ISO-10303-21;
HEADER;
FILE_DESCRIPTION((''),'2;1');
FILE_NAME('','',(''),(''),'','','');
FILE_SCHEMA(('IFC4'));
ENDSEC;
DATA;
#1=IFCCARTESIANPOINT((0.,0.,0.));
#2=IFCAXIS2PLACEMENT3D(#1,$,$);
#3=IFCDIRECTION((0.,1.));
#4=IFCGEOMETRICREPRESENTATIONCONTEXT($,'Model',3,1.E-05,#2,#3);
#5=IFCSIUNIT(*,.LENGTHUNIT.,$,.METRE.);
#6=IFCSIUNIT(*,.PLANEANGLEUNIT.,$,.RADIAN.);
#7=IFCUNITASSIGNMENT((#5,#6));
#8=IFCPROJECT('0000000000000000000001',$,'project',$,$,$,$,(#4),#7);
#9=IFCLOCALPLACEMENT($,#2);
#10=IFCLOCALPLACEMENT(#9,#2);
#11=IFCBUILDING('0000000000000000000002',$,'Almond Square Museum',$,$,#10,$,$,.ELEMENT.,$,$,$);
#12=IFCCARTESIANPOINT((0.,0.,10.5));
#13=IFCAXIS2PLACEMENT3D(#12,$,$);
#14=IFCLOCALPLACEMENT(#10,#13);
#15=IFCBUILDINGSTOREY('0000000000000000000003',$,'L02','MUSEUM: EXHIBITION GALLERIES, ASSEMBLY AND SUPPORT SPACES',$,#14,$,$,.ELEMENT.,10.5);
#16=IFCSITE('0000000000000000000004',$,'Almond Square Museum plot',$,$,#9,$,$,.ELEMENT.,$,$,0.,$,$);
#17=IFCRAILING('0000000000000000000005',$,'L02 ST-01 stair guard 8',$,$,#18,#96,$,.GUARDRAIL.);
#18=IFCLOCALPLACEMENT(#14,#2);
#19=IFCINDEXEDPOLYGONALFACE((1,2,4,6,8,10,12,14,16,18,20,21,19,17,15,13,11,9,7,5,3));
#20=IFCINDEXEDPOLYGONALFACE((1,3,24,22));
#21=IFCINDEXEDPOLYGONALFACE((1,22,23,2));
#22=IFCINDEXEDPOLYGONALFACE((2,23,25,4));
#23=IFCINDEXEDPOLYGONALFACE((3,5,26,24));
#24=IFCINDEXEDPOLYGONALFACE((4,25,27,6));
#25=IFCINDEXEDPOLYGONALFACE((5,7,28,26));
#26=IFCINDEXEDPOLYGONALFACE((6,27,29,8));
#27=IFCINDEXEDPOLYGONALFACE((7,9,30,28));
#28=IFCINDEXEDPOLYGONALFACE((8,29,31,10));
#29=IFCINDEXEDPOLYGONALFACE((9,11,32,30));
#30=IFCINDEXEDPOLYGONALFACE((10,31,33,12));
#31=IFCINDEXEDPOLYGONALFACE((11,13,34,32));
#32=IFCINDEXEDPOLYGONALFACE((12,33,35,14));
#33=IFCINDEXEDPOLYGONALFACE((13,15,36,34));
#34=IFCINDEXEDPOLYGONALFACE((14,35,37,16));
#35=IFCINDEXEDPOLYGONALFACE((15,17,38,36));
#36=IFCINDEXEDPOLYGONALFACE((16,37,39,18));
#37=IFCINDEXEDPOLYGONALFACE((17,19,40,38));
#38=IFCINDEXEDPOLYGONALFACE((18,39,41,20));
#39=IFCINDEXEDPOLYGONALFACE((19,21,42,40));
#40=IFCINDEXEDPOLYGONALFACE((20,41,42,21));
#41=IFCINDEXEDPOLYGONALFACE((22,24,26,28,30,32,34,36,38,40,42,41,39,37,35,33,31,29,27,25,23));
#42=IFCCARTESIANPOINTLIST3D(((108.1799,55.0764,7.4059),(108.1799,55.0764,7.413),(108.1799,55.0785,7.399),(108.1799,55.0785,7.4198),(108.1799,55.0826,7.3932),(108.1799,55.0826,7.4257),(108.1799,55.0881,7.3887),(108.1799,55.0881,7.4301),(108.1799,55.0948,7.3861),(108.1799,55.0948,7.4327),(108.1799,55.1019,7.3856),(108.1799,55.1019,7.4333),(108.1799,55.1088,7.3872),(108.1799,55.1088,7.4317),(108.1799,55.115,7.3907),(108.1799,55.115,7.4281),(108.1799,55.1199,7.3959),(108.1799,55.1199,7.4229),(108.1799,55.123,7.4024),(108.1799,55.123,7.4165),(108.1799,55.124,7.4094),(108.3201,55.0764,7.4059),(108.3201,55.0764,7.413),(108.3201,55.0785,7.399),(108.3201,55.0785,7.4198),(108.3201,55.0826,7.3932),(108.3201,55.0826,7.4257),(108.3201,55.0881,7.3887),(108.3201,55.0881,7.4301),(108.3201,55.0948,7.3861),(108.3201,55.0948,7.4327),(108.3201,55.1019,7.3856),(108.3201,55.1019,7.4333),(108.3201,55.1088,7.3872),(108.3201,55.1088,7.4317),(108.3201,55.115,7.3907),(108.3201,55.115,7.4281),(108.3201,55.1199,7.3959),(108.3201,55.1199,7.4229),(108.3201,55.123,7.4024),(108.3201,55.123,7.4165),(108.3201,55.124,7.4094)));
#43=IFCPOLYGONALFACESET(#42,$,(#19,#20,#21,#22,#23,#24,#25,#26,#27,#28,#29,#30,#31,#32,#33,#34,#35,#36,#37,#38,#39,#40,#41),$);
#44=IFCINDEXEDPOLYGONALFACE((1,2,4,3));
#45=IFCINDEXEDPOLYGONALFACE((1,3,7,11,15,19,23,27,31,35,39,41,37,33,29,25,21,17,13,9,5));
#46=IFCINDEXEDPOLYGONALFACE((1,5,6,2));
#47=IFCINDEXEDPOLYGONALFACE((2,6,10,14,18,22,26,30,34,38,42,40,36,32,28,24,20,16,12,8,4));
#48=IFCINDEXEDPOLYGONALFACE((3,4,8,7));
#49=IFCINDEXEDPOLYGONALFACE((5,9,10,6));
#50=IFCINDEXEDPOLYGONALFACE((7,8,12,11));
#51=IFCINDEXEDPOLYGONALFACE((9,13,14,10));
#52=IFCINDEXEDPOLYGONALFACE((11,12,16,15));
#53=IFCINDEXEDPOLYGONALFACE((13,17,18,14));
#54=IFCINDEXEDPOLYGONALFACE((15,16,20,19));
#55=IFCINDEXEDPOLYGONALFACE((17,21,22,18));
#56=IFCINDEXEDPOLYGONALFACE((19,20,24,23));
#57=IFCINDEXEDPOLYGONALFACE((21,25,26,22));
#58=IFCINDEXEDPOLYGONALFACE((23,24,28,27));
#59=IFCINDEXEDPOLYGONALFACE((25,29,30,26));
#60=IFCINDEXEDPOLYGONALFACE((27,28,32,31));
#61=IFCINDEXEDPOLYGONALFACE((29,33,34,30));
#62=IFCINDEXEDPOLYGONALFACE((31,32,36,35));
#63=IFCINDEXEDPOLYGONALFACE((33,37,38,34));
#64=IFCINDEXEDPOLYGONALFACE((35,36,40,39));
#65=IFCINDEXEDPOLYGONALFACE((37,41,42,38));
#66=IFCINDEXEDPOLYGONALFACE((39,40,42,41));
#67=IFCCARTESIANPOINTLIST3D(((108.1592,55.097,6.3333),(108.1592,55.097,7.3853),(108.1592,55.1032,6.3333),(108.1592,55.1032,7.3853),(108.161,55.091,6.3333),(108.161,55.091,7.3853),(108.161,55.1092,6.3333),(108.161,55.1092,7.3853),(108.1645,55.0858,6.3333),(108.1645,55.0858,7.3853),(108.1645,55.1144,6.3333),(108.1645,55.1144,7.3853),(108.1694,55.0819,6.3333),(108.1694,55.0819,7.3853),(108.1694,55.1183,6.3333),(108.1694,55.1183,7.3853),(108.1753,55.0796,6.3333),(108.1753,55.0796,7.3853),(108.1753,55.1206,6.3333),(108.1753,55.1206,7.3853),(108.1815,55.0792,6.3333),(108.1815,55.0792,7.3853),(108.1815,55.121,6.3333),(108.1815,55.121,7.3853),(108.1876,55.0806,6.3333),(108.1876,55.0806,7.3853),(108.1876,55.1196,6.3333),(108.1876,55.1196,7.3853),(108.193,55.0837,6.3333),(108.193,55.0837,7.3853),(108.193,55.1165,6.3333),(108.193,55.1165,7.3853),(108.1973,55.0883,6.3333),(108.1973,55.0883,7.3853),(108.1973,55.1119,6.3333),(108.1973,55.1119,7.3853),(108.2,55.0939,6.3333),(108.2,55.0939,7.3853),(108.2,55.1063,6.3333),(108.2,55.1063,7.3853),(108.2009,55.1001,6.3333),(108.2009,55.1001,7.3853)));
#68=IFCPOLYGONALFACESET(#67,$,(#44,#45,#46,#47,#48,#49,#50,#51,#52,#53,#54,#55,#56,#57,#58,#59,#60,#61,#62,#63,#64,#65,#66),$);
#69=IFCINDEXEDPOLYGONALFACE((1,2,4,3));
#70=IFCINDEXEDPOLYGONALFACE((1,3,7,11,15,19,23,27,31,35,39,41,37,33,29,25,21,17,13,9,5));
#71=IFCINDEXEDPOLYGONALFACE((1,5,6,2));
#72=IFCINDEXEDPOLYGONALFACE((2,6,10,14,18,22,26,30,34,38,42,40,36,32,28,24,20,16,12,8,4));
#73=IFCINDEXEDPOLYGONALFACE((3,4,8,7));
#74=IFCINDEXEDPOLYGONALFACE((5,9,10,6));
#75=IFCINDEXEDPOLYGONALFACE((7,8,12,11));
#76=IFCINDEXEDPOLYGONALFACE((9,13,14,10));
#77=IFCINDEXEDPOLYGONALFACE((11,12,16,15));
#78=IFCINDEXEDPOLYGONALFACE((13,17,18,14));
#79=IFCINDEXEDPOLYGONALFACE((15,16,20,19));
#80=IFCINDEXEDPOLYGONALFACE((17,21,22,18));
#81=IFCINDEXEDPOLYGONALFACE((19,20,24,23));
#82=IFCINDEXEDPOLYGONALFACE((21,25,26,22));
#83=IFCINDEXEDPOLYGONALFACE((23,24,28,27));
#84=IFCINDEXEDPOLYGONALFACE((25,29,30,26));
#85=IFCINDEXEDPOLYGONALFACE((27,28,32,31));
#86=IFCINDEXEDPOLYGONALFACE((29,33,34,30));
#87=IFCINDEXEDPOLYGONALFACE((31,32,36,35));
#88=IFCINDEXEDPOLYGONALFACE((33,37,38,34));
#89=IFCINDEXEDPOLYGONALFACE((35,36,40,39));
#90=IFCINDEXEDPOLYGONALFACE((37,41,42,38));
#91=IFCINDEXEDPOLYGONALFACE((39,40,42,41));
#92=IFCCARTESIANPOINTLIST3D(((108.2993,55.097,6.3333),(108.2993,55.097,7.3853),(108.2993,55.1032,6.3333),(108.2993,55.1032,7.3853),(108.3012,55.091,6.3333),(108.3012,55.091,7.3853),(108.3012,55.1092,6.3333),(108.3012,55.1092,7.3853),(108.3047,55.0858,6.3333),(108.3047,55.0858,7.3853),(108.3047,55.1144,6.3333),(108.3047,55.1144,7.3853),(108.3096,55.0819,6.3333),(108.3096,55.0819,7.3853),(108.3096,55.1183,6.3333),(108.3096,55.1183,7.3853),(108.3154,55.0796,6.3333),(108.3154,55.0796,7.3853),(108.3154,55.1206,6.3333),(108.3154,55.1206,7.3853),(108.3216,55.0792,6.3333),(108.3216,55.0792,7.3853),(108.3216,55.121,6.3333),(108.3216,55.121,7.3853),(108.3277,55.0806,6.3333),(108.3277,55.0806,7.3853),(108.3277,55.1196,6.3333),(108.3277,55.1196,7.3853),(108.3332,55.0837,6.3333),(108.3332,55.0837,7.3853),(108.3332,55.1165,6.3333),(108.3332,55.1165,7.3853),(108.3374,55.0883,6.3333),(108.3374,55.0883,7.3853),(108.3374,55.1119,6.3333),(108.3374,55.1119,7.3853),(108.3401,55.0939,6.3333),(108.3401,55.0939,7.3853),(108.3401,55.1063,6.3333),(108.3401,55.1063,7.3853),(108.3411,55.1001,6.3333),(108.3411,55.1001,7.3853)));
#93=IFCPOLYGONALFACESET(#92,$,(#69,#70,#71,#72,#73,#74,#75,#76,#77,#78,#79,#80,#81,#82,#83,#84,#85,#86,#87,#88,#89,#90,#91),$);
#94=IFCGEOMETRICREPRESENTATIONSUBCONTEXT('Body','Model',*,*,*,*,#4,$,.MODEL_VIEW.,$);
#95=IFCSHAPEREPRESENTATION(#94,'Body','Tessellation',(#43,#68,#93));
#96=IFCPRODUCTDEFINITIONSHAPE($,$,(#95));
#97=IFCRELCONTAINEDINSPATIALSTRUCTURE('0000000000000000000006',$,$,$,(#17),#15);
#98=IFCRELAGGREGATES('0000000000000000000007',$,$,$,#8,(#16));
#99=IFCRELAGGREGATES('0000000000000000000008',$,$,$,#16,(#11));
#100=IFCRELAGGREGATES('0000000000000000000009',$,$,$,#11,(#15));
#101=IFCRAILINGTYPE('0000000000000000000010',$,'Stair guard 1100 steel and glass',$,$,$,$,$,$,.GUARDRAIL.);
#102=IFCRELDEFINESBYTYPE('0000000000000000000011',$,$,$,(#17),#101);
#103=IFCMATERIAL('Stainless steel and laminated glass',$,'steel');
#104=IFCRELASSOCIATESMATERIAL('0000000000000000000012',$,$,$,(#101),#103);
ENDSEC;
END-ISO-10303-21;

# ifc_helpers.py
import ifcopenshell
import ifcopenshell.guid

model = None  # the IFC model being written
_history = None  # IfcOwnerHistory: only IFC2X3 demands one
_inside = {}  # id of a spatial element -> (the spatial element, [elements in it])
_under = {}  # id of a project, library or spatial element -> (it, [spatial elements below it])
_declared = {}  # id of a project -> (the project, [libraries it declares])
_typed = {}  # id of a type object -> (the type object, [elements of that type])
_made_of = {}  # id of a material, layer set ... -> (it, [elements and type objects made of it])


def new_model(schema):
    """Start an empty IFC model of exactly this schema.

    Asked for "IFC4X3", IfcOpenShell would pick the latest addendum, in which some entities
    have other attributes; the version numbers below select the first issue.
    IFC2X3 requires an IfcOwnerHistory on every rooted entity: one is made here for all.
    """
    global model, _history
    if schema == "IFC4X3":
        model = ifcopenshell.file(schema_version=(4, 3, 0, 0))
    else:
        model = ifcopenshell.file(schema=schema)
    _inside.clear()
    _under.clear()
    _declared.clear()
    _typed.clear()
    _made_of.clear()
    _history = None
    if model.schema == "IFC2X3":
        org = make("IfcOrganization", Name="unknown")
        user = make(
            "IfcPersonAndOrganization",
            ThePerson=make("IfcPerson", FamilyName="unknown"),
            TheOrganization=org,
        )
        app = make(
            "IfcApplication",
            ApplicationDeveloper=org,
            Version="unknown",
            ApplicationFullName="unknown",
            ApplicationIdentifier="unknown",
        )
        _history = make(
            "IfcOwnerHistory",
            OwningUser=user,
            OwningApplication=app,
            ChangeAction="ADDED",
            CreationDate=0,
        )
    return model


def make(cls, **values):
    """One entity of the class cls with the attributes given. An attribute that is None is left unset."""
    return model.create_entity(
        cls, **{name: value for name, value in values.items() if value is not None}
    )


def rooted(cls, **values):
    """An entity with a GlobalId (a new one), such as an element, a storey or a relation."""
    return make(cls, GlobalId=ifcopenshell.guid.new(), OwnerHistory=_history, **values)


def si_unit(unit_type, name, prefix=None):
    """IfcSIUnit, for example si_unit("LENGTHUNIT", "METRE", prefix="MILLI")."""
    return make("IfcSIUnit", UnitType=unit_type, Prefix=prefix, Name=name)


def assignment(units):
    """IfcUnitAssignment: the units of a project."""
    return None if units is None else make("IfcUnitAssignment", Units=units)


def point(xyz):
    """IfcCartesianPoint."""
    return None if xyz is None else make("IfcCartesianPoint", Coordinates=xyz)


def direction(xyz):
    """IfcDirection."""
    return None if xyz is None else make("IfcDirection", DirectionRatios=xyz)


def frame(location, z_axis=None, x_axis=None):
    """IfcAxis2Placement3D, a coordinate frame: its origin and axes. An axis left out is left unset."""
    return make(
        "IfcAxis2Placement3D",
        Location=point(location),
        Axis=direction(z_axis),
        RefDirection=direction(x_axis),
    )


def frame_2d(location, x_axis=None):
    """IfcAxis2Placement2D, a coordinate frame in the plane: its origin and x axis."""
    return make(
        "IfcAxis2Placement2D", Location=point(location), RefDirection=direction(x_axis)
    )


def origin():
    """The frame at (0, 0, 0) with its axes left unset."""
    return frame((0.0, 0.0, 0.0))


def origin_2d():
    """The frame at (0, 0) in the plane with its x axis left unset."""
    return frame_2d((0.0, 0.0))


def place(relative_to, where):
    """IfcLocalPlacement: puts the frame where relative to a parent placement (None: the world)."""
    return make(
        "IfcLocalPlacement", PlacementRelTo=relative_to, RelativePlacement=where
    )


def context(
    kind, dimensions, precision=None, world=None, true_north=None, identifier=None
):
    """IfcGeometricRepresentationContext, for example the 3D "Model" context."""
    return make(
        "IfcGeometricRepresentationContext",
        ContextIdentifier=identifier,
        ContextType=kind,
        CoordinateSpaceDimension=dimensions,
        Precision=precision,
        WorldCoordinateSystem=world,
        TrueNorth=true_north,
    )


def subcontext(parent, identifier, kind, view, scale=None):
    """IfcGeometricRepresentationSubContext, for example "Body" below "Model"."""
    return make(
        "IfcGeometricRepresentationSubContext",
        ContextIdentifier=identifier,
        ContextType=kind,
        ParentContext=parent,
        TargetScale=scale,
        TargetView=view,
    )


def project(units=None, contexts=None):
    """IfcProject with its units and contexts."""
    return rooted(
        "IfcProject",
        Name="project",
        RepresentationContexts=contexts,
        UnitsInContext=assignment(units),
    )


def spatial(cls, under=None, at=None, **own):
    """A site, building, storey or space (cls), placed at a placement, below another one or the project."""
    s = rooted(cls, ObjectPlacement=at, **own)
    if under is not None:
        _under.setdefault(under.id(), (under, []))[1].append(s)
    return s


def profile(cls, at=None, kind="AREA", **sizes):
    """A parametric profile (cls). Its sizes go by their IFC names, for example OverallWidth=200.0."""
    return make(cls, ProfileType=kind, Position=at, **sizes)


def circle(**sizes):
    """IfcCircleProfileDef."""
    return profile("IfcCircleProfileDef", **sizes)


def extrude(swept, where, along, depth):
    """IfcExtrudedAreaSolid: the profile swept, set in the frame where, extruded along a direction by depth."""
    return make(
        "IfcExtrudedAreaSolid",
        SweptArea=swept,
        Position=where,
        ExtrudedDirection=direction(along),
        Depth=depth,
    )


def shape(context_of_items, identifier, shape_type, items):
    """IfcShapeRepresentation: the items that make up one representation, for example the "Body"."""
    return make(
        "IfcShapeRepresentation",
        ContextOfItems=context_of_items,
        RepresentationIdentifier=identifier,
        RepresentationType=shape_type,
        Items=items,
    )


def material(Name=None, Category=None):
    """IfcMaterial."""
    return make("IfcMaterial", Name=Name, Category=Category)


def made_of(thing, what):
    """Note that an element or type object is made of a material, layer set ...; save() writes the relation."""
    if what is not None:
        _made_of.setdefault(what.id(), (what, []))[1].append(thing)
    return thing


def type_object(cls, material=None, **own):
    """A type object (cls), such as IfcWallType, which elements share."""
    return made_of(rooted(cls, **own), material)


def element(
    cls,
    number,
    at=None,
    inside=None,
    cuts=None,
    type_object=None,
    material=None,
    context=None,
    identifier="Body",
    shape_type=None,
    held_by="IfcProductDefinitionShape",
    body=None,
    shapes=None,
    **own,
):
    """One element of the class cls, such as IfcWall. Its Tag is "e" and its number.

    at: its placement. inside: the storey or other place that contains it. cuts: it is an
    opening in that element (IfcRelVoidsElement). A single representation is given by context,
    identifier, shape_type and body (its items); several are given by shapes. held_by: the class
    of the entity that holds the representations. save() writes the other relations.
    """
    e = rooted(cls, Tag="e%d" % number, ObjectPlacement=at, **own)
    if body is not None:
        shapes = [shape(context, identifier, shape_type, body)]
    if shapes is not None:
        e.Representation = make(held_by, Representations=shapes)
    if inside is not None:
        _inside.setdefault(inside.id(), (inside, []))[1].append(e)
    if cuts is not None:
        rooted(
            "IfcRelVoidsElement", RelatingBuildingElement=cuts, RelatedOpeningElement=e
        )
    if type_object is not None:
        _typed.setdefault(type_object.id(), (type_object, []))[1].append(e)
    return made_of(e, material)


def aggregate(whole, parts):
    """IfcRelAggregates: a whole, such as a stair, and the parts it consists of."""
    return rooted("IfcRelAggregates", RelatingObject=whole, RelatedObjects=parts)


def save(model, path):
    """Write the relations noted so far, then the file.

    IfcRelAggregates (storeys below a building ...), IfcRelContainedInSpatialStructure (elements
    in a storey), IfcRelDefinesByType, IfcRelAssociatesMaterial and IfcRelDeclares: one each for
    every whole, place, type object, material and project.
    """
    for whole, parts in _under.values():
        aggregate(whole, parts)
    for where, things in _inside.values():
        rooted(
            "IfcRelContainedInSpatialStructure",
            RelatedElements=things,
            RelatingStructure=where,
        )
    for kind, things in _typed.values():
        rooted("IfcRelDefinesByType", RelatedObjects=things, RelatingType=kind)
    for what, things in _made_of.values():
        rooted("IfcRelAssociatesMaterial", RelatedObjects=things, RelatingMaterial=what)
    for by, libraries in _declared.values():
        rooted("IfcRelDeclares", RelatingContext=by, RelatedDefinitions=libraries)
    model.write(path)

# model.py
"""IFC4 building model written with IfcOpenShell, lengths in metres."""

from ifc_helpers import new_model, si_unit, direction, frame, origin, origin_2d, place, context, subcontext, project, spatial, circle, extrude, material, type_object, element, save


model = new_model("IFC4")

# Units and contexts
model_context = context("Model", 3, precision=1e-05, world=origin(), true_north=direction((0.0, 1.0)))
body_context = subcontext(model_context, "Body", "Model", "MODEL_VIEW")
ifc_project = project(units=[si_unit("LENGTHUNIT", "METRE"), si_unit("PLANEANGLEUNIT", "RADIAN")], contexts=[model_context])

# Site, building, storey
site_placement = place(None, origin())
site = spatial("IfcSite", under=ifc_project, at=site_placement, Name="Almond Square Museum plot", CompositionType="ELEMENT", RefElevation=0.0)
building_placement = place(site_placement, origin())
building = spatial("IfcBuilding", under=site, at=building_placement, Name="Almond Square Museum", CompositionType="ELEMENT")
storey_placement = place(building_placement, frame((0.0, 0.0, 10.5)))
storey = spatial("IfcBuildingStorey", under=building, at=storey_placement, Name="L02", Description="MUSEUM: EXHIBITION GALLERIES, ASSEMBLY AND SUPPORT SPACES", CompositionType="ELEMENT", Elevation=10.5)

# Railing
ifc_material_1 = material(Name="Stainless steel and laminated glass", Category="steel")
railing_type_1 = type_object("IfcRailingType", Name="Stair guard 1100 steel and glass", PredefinedType="GUARDRAIL", material=ifc_material_1)
railing_1_placement = place(storey_placement, frame((108.1799, 55.1001, 6.3333)))
element("IfcRailing", 1, at=railing_1_placement, inside=storey, type_object=railing_type_1, Name="L02 ST-01 stair guard 8", PredefinedType="GUARDRAIL", context=body_context, shape_type="SweptSolid", body=[
    extrude(circle(Radius=0.0239, at=origin_2d()), frame((0.0, 0.0, 1.0762), z_axis=(1.0, 0.0, 0.0), x_axis=(0.0, 1.0, 0.0)), (0.0, 0.0, 1.0), 0.1401),
    extrude(circle(Radius=0.021, at=origin_2d()), origin(), (0.0, 0.0, 1.0), 1.052),
    extrude(circle(Radius=0.021, at=origin_2d()), frame((0.1401, 0.0, 0.0)), (0.0, 0.0, 1.0), 1.052),
])

save(model, "model.ifc")
